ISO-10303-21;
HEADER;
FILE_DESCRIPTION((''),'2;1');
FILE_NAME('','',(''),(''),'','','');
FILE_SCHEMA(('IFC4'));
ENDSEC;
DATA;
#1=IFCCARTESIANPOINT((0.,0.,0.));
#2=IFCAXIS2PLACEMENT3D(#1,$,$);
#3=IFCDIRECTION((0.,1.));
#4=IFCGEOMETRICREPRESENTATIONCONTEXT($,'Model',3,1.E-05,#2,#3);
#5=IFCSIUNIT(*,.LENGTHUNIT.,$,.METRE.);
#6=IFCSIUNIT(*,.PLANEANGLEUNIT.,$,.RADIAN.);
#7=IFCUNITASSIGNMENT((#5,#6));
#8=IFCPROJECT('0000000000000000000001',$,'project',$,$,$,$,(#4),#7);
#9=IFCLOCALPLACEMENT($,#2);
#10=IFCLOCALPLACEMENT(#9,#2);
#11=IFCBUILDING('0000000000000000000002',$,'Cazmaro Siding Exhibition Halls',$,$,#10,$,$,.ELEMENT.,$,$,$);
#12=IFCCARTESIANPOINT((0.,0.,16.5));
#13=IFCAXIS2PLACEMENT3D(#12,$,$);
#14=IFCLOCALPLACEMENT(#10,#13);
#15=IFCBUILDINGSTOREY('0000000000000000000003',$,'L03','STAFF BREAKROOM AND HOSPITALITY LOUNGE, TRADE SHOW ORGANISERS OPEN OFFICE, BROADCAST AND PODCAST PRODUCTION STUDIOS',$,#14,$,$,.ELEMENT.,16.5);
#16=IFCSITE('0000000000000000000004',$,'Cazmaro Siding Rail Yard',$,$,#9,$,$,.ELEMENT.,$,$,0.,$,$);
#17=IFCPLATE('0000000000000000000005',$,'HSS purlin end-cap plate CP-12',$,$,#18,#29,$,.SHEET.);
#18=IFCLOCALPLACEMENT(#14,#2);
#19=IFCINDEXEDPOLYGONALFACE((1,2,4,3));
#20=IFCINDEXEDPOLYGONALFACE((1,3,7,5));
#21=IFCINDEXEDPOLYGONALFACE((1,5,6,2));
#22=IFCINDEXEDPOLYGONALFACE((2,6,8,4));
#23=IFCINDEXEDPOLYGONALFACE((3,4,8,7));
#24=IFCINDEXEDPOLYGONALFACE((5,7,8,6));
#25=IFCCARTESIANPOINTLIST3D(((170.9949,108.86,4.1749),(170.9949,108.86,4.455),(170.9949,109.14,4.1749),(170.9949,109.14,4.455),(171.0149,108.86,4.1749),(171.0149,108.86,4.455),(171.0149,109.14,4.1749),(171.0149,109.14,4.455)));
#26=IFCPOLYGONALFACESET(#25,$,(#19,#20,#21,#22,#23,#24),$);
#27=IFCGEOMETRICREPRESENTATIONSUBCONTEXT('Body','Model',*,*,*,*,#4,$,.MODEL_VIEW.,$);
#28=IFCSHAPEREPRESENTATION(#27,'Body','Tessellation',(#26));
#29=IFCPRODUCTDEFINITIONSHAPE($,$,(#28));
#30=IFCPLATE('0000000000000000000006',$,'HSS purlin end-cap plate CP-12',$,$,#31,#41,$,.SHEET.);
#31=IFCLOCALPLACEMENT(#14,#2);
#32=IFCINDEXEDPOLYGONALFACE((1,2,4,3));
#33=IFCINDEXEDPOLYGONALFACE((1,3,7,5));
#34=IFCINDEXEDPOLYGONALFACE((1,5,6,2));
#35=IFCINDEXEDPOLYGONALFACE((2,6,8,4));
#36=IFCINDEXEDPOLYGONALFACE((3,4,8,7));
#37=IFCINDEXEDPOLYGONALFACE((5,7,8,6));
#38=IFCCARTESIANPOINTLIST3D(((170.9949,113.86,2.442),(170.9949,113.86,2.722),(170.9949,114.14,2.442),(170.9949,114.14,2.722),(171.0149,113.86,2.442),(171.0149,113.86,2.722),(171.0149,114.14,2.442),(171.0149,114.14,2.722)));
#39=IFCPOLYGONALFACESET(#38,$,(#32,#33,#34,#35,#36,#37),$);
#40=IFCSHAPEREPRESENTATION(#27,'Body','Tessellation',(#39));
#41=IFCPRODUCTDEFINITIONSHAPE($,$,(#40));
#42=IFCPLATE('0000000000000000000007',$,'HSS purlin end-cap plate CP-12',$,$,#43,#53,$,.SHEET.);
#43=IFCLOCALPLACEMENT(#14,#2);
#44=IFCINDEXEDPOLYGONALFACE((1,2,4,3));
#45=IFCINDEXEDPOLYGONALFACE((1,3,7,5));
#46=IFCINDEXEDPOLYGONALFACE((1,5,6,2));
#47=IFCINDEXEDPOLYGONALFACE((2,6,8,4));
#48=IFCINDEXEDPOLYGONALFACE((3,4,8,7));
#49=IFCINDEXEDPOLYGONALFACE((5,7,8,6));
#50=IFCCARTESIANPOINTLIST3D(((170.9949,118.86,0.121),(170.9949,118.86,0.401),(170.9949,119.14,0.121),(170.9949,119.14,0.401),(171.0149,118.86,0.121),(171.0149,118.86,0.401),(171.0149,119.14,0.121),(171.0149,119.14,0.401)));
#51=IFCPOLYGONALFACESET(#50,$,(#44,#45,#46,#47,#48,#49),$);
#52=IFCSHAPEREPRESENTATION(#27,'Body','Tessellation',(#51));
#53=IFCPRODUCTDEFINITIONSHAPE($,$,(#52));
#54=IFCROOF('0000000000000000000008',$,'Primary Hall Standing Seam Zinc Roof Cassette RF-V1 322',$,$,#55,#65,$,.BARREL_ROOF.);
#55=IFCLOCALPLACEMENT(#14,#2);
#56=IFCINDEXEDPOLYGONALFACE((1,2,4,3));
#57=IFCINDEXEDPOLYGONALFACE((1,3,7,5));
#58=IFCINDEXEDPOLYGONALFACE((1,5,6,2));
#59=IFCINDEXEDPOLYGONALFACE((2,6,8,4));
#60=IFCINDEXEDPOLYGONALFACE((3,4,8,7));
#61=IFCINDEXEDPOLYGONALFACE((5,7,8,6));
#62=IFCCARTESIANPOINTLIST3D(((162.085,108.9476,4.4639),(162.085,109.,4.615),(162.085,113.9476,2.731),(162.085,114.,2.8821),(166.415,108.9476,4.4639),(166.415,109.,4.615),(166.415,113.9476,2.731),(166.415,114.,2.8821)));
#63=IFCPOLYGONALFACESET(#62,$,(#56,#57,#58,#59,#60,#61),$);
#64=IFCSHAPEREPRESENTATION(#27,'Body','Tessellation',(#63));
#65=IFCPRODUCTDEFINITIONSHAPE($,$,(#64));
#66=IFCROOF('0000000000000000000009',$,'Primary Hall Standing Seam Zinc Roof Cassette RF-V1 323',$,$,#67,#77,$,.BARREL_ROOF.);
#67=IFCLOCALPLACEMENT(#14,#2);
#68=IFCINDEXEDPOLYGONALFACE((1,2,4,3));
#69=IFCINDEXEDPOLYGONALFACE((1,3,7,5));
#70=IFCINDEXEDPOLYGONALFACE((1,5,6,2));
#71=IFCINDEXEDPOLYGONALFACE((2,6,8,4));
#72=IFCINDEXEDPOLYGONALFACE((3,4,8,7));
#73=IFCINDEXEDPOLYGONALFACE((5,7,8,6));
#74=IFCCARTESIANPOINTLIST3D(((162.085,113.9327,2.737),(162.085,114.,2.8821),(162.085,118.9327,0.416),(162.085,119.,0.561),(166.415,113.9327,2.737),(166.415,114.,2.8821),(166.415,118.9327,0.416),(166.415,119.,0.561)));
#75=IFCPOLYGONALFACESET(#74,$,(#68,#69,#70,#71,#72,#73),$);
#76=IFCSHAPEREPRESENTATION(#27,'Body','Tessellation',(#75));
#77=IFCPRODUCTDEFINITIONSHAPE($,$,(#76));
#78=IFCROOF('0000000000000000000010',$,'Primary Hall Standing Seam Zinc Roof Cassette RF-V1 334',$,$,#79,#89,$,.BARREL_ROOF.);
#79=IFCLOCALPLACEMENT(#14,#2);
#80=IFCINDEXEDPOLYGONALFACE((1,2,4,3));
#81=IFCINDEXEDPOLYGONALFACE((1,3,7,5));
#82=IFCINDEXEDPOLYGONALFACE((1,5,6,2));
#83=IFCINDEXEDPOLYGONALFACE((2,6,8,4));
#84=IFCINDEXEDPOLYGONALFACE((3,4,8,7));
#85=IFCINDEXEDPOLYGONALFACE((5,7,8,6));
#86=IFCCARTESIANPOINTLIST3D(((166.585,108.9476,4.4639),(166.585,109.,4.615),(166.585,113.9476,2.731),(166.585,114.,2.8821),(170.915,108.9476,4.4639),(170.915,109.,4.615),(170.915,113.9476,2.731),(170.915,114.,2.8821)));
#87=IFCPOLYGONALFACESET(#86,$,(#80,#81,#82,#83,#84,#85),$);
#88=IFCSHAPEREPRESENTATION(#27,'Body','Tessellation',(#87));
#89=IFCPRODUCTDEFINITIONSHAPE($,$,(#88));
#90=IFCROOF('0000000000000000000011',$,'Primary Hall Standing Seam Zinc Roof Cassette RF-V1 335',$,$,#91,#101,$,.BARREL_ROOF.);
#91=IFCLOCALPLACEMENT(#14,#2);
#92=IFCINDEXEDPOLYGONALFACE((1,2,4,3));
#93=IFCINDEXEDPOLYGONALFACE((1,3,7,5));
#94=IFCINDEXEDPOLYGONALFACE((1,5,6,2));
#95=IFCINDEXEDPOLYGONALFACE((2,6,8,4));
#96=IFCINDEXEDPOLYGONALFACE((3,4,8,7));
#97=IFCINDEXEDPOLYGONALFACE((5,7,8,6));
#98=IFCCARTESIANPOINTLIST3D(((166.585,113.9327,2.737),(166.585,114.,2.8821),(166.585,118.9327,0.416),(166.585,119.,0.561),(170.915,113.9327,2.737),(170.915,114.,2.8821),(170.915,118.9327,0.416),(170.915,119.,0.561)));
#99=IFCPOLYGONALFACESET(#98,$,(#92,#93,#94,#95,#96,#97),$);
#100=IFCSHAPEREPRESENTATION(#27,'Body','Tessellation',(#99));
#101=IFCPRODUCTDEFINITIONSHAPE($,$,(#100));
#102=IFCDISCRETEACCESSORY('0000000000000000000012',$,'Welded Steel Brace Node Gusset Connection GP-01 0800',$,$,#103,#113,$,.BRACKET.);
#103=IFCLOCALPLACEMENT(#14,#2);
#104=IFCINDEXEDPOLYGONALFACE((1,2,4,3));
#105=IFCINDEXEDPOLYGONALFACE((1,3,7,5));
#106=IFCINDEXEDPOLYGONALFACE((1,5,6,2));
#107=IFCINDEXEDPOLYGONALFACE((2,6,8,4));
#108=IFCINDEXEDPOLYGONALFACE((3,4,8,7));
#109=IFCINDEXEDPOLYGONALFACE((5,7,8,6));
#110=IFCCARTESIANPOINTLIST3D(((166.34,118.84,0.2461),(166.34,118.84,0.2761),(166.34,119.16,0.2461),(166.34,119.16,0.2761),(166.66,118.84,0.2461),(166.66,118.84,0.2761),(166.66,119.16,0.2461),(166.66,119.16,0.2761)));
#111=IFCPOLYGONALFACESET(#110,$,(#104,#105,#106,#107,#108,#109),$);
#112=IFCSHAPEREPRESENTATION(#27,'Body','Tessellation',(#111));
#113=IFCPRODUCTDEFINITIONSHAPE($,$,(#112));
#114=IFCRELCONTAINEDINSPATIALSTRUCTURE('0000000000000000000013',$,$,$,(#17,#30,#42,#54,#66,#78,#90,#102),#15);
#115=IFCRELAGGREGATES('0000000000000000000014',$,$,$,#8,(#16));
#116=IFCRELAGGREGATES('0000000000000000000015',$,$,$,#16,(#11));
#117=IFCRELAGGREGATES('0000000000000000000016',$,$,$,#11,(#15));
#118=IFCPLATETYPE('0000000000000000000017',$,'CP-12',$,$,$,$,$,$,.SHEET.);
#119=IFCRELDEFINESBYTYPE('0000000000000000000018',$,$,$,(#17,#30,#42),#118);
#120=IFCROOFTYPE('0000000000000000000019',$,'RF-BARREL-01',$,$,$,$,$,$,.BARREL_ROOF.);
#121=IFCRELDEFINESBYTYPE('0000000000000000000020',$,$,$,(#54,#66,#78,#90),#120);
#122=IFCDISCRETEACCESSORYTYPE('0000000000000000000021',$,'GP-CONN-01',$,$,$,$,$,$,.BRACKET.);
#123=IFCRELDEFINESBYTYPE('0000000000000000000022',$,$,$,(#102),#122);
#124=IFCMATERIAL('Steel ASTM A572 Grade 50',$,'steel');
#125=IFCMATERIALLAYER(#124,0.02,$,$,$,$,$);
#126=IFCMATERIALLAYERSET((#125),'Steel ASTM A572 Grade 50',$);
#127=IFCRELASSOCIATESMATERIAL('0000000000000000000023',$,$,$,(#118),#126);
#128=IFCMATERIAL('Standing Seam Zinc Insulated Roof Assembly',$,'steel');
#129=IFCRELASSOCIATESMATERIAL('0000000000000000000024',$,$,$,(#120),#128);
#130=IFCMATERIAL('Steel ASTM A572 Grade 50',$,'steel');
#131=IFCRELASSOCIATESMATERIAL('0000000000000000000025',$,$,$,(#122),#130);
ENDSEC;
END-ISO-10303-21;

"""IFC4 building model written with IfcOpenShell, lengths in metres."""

from ifc_helpers import new_model, si_unit, direction, frame, origin, origin_2d, place, context, subcontext, project, spatial, polyline, rectangle, outline, extrude, material, layer, layer_set, type_object, element, save


model = new_model("IFC4")

# Units and contexts
model_context = context("Model", 3, precision=1e-05, world=origin(), true_north=direction((0.0, 1.0)))
body_context = subcontext(model_context, "Body", "Model", "MODEL_VIEW")
ifc_project = project(units=[si_unit("LENGTHUNIT", "METRE"), si_unit("PLANEANGLEUNIT", "RADIAN")], contexts=[model_context])

# Site, building, storey
site_placement = place(None, origin())
site = spatial("IfcSite", under=ifc_project, at=site_placement, Name="Cazmaro Siding Rail Yard", CompositionType="ELEMENT", RefElevation=0.0)
building_placement = place(site_placement, origin())
building = spatial("IfcBuilding", under=site, at=building_placement, Name="Cazmaro Siding Exhibition Halls", CompositionType="ELEMENT")
storey_placement = place(building_placement, frame((0.0, 0.0, 16.5)))
storey = spatial("IfcBuildingStorey", under=building, at=storey_placement, Name="L03", Description="STAFF BREAKROOM AND HOSPITALITY LOUNGE, TRADE SHOW ORGANISERS OPEN OFFICE, BROADCAST AND PODCAST PRODUCTION STUDIOS", CompositionType="ELEMENT", Elevation=16.5)

# Plates
ifc_material_1 = material(Name="Steel ASTM A572 Grade 50", Category="steel")
ifc_layer_1 = layer(ifc_material_1, 0.02)
ifc_layer_set_1 = layer_set([ifc_layer_1], Name="Steel ASTM A572 Grade 50")
plate_type_1 = type_object("IfcPlateType", Name="CP-12", PredefinedType="SHEET", material=ifc_layer_set_1)
for number, where, z_axis, x_axis, name in (
    (1, (170.9949, 109.0, 4.3149), (1.0, 0.0, 0.0), (0.0, 1.0, 0.0), "HSS purlin end-cap plate CP-12"),
    (2, (170.9949, 114.0, 2.582), (1.0, 0.0, 0.0), (0.0, 1.0, 0.0), "HSS purlin end-cap plate CP-12"),
    (3, (170.9949, 119.0, 0.261), (1.0, 0.0, 0.0), (0.0, 1.0, 0.0), "HSS purlin end-cap plate CP-12"),
):
    element("IfcPlate", number, at=place(storey_placement, frame(where, z_axis=z_axis, x_axis=x_axis)), inside=storey, type_object=plate_type_1, Name=name, PredefinedType="SHEET", context=body_context, shape_type="SweptSolid", body=[
        extrude(rectangle(XDim=0.28, YDim=0.28, at=origin_2d()), origin(), (0.0, 0.0, 1.0), 0.02),
    ])

# Roofs
ifc_material_2 = material(Name="Standing Seam Zinc Insulated Roof Assembly", Category="steel")
roof_type = type_object("IfcRoofType", Name="RF-BARREL-01", PredefinedType="BARREL_ROOF", material=ifc_material_2)
roof_1_placement = place(storey_placement, frame((162.085, 109.0, 4.615), z_axis=(0.0, 0.327472, 0.944861), x_axis=(1.0, 0.0, 0.0)))
element("IfcRoof", 4, at=roof_1_placement, inside=storey, type_object=roof_type, Name="Primary Hall Standing Seam Zinc Roof Cassette RF-V1 322", PredefinedType="BARREL_ROOF", context=body_context, shape_type="SweptSolid", body=[
    extrude(outline(polyline([(0.0, 0.0), (4.3301, 0.0), (4.3301, 5.2918), (0.0, 5.2918), (0.0, 0.0)])), origin(), (0.0, 0.0, -1.0), 0.1599),
])
roof_2_placement = place(storey_placement, frame((162.085, 114.0, 2.8821), z_axis=(0.0, 0.421054, 0.907036), x_axis=(1.0, 0.0, 0.0)))
element("IfcRoof", 5, at=roof_2_placement, inside=storey, type_object=roof_type, Name="Primary Hall Standing Seam Zinc Roof Cassette RF-V1 323", PredefinedType="BARREL_ROOF", context=body_context, shape_type="SweptSolid", body=[
    extrude(outline(polyline([(0.0, 0.0), (4.3301, 0.0), (4.3301, 5.5125), (0.0, 5.5125), (0.0, 0.0)])), origin(), (0.0, 0.0, -1.0), 0.1599),
])
roof_3_placement = place(storey_placement, frame((166.585, 109.0, 4.615), z_axis=(0.0, 0.327472, 0.944861), x_axis=(1.0, 0.0, 0.0)))
element("IfcRoof", 6, at=roof_3_placement, inside=storey, type_object=roof_type, Name="Primary Hall Standing Seam Zinc Roof Cassette RF-V1 334", PredefinedType="BARREL_ROOF", context=body_context, shape_type="SweptSolid", body=[
    extrude(outline(polyline([(0.0, 0.0), (4.3301, 0.0), (4.3301, 5.2918), (0.0, 5.2918), (0.0, 0.0)])), origin(), (0.0, 0.0, -1.0), 0.1599),
])
roof_4_placement = place(storey_placement, frame((166.585, 114.0, 2.8821), z_axis=(0.0, 0.421054, 0.907036), x_axis=(1.0, 0.0, 0.0)))
element("IfcRoof", 7, at=roof_4_placement, inside=storey, type_object=roof_type, Name="Primary Hall Standing Seam Zinc Roof Cassette RF-V1 335", PredefinedType="BARREL_ROOF", context=body_context, shape_type="SweptSolid", body=[
    extrude(outline(polyline([(0.0, 0.0), (4.3301, 0.0), (4.3301, 5.5125), (0.0, 5.5125), (0.0, 0.0)])), origin(), (0.0, 0.0, -1.0), 0.1599),
])

# Discrete accessory
ifc_material_3 = material(Name="Steel ASTM A572 Grade 50", Category="steel")
discrete_accessory_type = type_object("IfcDiscreteAccessoryType", Name="GP-CONN-01", PredefinedType="BRACKET", material=ifc_material_3)
discrete_accessory_placement = place(storey_placement, frame((166.5, 119.0, 0.2461), z_axis=(0.0, 0.0, 1.0), x_axis=(1.0, 0.0, 0.0)))
element("IfcDiscreteAccessory", 8, at=discrete_accessory_placement, inside=storey, type_object=discrete_accessory_type, Name="Welded Steel Brace Node Gusset Connection GP-01 0800", PredefinedType="BRACKET", context=body_context, shape_type="SweptSolid", body=[
    extrude(rectangle(XDim=0.3201, YDim=0.3201, at=origin_2d()), origin(), (0.0, 0.0, 1.0), 0.03),
])

save(model, "model.ifc")
